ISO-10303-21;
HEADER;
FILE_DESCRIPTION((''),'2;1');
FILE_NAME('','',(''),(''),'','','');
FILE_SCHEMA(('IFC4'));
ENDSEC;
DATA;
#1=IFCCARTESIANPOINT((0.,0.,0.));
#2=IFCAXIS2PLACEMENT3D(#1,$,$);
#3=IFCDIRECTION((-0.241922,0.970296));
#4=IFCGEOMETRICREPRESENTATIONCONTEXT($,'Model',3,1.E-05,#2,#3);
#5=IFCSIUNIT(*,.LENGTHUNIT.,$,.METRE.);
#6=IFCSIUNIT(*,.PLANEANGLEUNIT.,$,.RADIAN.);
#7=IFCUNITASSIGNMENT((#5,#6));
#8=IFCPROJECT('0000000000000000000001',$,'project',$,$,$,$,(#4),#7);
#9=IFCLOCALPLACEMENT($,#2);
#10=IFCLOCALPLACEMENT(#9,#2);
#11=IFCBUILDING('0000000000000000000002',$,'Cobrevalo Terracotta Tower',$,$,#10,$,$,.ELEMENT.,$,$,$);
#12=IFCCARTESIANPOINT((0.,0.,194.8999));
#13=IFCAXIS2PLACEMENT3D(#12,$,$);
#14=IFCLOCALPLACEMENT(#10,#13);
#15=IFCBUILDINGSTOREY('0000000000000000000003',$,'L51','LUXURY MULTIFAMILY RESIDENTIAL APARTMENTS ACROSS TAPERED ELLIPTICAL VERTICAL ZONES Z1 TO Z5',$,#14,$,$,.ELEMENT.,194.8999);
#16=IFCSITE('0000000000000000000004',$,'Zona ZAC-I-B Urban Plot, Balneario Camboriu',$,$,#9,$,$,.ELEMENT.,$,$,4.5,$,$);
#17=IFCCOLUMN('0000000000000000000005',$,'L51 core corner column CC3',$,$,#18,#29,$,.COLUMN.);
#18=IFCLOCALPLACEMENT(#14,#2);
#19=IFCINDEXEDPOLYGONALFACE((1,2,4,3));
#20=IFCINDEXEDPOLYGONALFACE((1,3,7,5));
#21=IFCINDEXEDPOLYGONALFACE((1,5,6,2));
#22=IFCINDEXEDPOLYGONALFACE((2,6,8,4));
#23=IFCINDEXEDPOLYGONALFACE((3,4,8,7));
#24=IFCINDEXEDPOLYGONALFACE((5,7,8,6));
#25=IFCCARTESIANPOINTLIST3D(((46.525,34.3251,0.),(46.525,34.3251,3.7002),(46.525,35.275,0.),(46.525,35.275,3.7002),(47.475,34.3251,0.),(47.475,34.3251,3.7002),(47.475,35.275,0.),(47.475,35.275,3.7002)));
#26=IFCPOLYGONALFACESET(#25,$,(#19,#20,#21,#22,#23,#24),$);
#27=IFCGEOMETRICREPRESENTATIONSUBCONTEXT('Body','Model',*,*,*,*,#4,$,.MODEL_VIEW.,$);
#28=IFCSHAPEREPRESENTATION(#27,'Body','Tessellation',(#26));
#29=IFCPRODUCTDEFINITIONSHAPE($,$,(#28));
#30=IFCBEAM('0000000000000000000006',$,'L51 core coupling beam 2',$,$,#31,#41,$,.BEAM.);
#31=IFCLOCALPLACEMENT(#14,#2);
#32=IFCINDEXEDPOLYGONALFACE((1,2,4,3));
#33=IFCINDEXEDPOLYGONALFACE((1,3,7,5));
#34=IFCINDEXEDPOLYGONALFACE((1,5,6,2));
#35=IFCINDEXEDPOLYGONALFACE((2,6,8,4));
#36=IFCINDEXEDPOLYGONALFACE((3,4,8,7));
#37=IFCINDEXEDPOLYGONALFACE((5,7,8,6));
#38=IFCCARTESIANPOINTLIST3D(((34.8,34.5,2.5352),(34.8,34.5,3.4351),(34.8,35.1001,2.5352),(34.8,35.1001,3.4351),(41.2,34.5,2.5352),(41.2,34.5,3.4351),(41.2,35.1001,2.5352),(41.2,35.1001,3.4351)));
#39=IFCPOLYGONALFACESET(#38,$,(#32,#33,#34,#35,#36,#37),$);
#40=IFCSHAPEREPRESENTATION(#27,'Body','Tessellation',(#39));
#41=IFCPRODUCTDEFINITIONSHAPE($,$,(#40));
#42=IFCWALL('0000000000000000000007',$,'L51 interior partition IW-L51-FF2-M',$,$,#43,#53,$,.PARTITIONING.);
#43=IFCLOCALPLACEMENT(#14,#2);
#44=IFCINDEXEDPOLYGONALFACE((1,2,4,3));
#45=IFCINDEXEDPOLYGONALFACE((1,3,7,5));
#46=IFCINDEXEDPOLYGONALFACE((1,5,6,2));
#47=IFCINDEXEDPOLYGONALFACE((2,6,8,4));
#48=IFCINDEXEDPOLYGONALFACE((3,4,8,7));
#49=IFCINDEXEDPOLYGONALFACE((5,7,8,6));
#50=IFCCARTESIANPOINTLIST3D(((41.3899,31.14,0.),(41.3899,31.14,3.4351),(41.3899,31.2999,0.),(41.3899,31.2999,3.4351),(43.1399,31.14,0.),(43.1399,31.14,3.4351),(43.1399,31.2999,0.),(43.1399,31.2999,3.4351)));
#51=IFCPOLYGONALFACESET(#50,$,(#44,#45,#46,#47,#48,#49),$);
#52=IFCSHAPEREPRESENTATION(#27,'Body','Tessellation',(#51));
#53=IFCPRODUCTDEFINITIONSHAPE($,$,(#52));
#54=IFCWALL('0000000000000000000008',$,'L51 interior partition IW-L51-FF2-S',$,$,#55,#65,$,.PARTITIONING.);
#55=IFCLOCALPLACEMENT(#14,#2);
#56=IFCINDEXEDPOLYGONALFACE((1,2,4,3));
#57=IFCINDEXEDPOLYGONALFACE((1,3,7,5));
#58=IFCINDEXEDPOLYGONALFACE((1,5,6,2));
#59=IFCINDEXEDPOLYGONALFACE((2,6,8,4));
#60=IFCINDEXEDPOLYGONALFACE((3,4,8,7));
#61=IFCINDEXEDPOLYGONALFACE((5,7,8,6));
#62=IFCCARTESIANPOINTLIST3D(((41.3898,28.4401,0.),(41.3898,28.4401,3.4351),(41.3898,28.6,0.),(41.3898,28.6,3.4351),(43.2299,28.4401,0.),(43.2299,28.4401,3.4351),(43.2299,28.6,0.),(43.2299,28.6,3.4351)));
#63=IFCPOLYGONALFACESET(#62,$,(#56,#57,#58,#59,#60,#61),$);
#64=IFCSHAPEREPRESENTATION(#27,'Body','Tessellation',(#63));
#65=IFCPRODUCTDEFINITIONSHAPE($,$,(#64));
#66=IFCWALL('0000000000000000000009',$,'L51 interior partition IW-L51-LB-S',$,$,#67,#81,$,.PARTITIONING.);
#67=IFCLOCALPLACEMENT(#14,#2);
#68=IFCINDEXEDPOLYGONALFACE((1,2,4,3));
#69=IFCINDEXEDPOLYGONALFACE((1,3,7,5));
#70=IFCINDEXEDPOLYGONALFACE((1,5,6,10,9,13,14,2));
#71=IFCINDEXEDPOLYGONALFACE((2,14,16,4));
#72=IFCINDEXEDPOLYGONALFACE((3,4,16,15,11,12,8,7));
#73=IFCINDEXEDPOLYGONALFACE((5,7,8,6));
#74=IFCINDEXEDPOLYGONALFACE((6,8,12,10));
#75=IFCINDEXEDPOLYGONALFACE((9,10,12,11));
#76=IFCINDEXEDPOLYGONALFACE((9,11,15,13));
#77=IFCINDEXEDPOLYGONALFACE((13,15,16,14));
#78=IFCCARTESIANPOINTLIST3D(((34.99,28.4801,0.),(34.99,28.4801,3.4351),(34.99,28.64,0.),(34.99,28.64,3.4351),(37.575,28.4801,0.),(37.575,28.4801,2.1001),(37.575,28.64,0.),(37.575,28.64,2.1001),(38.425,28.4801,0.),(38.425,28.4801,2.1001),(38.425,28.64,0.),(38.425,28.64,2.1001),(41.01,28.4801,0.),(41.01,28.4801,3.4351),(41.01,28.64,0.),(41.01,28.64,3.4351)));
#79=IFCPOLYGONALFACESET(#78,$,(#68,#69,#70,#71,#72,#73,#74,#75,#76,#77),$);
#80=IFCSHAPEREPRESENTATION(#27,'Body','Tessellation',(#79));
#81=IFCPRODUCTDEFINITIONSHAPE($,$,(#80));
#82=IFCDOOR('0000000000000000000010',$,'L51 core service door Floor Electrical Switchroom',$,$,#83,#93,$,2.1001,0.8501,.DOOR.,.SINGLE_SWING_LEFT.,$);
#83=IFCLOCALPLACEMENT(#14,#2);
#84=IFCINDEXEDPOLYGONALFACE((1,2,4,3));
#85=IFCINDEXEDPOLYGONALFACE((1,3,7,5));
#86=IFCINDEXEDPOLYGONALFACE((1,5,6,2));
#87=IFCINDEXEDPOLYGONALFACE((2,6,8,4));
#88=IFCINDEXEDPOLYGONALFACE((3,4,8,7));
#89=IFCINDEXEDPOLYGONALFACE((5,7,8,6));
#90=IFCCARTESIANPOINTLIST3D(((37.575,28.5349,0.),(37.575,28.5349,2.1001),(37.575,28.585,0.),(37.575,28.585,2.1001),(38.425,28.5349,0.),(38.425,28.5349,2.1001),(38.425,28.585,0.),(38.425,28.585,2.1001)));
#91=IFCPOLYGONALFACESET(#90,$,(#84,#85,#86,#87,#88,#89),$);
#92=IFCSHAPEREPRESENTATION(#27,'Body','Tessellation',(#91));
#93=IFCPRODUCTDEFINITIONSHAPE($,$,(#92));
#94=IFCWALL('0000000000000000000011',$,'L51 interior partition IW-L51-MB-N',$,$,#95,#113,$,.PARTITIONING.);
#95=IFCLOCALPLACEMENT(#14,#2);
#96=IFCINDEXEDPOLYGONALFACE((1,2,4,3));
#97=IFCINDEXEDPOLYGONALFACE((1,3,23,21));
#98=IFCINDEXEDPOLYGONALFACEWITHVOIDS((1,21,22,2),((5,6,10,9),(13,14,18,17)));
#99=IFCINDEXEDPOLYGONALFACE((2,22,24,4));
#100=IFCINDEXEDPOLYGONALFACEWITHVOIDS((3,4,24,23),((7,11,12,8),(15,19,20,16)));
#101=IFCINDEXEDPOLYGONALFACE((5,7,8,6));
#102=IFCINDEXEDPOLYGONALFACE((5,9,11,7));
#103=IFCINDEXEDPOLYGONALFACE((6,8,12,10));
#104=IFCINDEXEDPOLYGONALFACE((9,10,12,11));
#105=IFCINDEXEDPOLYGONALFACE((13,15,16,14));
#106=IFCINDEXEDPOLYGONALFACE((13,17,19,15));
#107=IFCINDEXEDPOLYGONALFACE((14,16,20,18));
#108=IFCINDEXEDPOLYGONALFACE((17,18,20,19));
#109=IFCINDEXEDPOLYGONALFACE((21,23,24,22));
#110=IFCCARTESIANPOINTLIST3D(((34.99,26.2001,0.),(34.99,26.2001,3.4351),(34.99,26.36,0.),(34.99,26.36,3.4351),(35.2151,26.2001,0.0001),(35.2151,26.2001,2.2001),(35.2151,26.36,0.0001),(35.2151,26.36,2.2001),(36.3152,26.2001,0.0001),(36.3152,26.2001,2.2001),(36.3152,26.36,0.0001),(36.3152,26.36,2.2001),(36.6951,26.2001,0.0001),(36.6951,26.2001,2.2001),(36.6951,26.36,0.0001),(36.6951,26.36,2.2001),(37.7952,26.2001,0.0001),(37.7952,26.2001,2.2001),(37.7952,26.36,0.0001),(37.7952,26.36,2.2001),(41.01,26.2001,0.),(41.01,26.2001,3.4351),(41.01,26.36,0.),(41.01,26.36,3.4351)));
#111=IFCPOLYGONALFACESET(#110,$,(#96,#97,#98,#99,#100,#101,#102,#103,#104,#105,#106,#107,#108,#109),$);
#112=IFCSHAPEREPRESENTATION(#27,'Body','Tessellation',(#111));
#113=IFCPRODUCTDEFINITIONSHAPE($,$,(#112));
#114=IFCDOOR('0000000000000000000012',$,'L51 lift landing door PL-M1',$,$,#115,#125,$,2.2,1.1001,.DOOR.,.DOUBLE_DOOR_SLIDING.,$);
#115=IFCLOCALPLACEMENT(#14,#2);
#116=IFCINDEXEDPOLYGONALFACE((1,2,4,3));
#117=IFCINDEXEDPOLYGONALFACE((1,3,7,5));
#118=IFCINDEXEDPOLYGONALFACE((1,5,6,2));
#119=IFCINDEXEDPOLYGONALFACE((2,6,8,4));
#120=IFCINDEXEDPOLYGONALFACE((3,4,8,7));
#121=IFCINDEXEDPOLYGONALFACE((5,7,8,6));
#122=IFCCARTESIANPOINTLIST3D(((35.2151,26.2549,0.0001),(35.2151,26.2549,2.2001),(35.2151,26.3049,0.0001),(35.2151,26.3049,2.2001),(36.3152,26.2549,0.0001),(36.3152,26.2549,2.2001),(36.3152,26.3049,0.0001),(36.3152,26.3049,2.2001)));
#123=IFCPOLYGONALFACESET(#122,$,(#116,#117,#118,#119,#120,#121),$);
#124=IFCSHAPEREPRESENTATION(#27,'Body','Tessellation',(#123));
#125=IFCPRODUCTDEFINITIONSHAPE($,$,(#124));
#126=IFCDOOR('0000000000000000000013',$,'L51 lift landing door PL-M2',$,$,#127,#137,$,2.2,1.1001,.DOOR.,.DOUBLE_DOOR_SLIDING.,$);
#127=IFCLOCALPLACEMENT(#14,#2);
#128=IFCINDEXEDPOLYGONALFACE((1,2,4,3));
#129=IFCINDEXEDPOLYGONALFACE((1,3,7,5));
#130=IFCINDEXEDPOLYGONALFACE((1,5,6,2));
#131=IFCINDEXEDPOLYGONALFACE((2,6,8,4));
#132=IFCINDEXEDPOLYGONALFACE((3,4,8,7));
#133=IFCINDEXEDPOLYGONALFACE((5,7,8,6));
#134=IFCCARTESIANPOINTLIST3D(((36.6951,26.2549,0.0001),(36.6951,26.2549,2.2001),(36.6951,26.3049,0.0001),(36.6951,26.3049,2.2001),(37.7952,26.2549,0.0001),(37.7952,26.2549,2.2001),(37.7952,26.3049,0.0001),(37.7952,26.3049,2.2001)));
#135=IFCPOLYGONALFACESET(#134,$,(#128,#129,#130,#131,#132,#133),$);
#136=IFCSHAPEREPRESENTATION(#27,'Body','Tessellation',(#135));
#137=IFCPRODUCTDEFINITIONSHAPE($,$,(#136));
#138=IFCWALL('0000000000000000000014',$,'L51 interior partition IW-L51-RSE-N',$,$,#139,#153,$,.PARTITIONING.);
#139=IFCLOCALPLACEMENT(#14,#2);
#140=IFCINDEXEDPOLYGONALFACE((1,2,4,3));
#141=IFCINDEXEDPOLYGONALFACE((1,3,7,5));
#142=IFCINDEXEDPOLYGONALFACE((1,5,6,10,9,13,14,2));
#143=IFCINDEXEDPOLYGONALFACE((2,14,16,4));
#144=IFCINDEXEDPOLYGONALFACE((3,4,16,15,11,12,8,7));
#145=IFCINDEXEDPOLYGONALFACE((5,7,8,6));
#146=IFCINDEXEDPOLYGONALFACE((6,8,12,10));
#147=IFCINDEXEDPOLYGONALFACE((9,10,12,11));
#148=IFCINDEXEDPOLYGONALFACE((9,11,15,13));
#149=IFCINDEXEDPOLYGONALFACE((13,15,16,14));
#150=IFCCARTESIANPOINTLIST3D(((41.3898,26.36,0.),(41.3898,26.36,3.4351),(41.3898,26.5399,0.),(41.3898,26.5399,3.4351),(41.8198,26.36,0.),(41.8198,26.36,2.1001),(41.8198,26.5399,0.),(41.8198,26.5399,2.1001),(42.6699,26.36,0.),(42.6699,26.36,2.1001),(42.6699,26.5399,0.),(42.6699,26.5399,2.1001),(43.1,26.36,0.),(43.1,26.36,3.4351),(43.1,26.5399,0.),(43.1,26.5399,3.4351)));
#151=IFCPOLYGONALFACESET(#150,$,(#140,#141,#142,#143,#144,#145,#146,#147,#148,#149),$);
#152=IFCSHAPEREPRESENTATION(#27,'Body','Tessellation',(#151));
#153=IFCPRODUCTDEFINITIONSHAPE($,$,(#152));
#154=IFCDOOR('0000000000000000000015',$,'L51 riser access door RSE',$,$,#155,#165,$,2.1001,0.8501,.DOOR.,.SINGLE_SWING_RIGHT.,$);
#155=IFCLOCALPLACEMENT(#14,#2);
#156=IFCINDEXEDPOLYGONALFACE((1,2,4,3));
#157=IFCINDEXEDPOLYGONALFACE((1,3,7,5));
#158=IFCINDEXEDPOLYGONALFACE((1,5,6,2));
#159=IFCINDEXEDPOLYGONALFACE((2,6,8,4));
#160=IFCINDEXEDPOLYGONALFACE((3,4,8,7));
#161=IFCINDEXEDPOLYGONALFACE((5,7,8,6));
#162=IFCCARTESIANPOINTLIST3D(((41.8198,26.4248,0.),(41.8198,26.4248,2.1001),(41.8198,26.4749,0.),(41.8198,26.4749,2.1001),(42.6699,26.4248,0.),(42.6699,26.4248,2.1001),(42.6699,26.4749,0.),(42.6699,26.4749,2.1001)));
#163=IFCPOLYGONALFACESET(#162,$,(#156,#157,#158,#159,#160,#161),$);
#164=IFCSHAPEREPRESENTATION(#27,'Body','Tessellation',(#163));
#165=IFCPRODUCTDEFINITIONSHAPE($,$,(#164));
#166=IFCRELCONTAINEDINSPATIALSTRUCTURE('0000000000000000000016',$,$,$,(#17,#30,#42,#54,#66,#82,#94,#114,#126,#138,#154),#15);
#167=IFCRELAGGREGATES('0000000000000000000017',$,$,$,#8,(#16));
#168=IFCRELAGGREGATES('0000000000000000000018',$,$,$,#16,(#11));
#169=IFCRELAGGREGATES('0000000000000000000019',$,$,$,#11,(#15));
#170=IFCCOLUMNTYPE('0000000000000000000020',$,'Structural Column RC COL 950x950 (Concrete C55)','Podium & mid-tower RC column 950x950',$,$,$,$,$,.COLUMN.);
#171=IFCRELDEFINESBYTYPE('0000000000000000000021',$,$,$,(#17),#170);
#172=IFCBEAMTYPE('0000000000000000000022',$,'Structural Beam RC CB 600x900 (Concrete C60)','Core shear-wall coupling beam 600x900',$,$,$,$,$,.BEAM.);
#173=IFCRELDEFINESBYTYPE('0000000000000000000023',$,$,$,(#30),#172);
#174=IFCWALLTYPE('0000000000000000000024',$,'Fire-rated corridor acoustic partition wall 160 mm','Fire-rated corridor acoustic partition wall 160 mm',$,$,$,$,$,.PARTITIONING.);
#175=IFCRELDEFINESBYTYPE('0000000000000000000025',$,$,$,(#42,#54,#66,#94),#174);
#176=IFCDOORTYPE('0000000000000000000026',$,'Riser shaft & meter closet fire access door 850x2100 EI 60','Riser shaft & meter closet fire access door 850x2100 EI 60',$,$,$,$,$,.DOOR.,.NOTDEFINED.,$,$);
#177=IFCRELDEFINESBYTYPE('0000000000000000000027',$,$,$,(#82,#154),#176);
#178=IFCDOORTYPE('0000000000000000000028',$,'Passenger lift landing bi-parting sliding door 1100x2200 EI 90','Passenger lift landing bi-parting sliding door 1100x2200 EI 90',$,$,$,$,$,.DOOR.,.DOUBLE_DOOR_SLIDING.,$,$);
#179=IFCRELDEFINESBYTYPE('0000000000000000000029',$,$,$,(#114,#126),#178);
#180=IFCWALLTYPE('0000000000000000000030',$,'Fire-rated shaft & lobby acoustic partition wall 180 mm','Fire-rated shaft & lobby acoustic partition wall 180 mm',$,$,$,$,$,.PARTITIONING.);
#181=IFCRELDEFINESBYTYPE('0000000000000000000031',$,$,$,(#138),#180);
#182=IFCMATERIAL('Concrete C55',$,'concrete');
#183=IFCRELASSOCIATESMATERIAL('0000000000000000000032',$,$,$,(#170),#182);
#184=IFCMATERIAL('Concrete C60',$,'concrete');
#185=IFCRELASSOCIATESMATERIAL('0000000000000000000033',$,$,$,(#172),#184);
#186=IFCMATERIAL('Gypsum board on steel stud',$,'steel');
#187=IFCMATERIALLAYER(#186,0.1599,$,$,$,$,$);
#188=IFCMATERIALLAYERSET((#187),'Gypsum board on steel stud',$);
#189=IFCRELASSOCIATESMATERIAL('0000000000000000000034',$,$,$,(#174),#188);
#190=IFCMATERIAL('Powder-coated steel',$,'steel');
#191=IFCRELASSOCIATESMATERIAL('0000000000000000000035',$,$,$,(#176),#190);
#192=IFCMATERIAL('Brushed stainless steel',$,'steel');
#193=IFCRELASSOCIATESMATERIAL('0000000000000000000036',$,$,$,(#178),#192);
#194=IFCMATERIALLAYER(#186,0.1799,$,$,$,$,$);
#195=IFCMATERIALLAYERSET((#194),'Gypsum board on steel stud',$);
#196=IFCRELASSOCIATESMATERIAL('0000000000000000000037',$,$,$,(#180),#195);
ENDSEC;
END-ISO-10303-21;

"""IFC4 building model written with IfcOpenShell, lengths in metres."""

from ifc_helpers import new_model, si_unit, direction, frame, frame_2d, origin, origin_2d, place, context, subcontext, project, spatial, rectangle, extrude, source, transform, mapped, material, layer, layer_set, material_profile, profile_set, type_object, element, fill, save


model = new_model("IFC4")

# Units and contexts
model_context = context("Model", 3, precision=1e-05, world=origin(), true_north=direction((-0.241922, 0.970296)))
body_context = subcontext(model_context, "Body", "Model", "MODEL_VIEW")
ifc_project = project(units=[si_unit("LENGTHUNIT", "METRE"), si_unit("PLANEANGLEUNIT", "RADIAN")], contexts=[model_context])

# Site, building, storey
site_placement = place(None, origin())
site = spatial("IfcSite", under=ifc_project, at=site_placement, Name="Zona ZAC-I-B Urban Plot, Balneario Camboriu", CompositionType="ELEMENT", RefElevation=4.5)
building_placement = place(site_placement, origin())
building = spatial("IfcBuilding", under=site, at=building_placement, Name="Cobrevalo Terracotta Tower", CompositionType="ELEMENT")
storey_placement = place(building_placement, frame((0.0, 0.0, 194.8999)))
storey = spatial("IfcBuildingStorey", under=building, at=storey_placement, Name="L51", Description="LUXURY MULTIFAMILY RESIDENTIAL APARTMENTS ACROSS TAPERED ELLIPTICAL VERTICAL ZONES Z1 TO Z5", CompositionType="ELEMENT", Elevation=194.8999)

# Column
ifc_material_1 = material(Name="Concrete C55", Category="concrete")
ifc_material_profile_1 = material_profile(ifc_material_1, rectangle(XDim=0.95, YDim=0.95, at=origin_2d()), Name="RC COL 950x950")
ifc_profile_set_1 = profile_set([ifc_material_profile_1], Name="Concrete C55")
column_type = type_object("IfcColumnType", Name="Structural Column RC COL 950x950 (Concrete C55)", Description="Podium & mid-tower RC column 950x950", PredefinedType="COLUMN", material=ifc_profile_set_1)
column_placement = place(storey_placement, frame((47.0, 34.8, 0.0), z_axis=(0.0, 0.0, 1.0), x_axis=(1.0, 0.0, 0.0)))
element("IfcColumn", 1, at=column_placement, inside=storey, type_object=column_type, Name="L51 core corner column CC3", PredefinedType="COLUMN", context=body_context, shape_type="SweptSolid", body=[
    extrude(rectangle(XDim=0.95, YDim=0.95, at=origin_2d()), origin(), (0.0, 0.0, 1.0), 3.7002),
])

# Beam
ifc_material_2 = material(Name="Concrete C60", Category="concrete")
ifc_material_profile_2 = material_profile(ifc_material_2, rectangle(XDim=0.6001, YDim=0.8999, at=origin_2d()), Name="RC CB 600x900")
ifc_profile_set_2 = profile_set([ifc_material_profile_2], Name="Concrete C60")
beam_type = type_object("IfcBeamType", Name="Structural Beam RC CB 600x900 (Concrete C60)", Description="Core shear-wall coupling beam 600x900", PredefinedType="BEAM", material=ifc_profile_set_2)
beam_placement = place(storey_placement, frame((34.8, 34.8, 2.9851), z_axis=(1.0, 0.0, 0.0), x_axis=(0.0, 1.0, 0.0)))
element("IfcBeam", 2, at=beam_placement, inside=storey, type_object=beam_type, Name="L51 core coupling beam 2", PredefinedType="BEAM", context=body_context, shape_type="SweptSolid", body=[
    extrude(rectangle(XDim=0.6001, YDim=0.8999, at=origin_2d()), origin(), (0.0, 0.0, 1.0), 6.3999),
])

# Walls
ifc_material_3 = material(Name="Gypsum board on steel stud", Category="steel")
ifc_layer_1 = layer(ifc_material_3, 0.1599)
ifc_layer_set_1 = layer_set([ifc_layer_1], Name="Gypsum board on steel stud")
wall_type_1 = type_object("IfcWallType", Name="Fire-rated corridor acoustic partition wall 160 mm", Description="Fire-rated corridor acoustic partition wall 160 mm", PredefinedType="PARTITIONING", material=ifc_layer_set_1)
wall_1_placement = place(storey_placement, frame((41.3899, 31.22, 0.0), z_axis=(0.0, 0.0, 1.0), x_axis=(1.0, 0.0, 0.0)))
element("IfcWall", 3, at=wall_1_placement, inside=storey, type_object=wall_type_1, Name="L51 interior partition IW-L51-FF2-M", PredefinedType="PARTITIONING", context=body_context, shape_type="SweptSolid", body=[
    extrude(rectangle(XDim=1.75, YDim=0.1599, at=frame_2d((0.875, 0.0))), origin(), (0.0, 0.0, 1.0), 3.4351),
])
wall_2_placement = place(storey_placement, frame((41.3899, 28.52, 0.0), z_axis=(0.0, 0.0, 1.0), x_axis=(1.0, 0.0, 0.0)))
element("IfcWall", 4, at=wall_2_placement, inside=storey, type_object=wall_type_1, Name="L51 interior partition IW-L51-FF2-S", PredefinedType="PARTITIONING", context=body_context, shape_type="SweptSolid", body=[
    extrude(rectangle(XDim=1.8401, YDim=0.1599, at=frame_2d((0.9199, 0.0))), origin(), (0.0, 0.0, 1.0), 3.4351),
])

# Wall, opening, door
wall_3_placement = place(storey_placement, frame((34.99, 28.5601, 0.0), z_axis=(0.0, 0.0, 1.0), x_axis=(1.0, 0.0, 0.0)))
wall_3 = element("IfcWall", 5, at=wall_3_placement, inside=storey, type_object=wall_type_1, Name="L51 interior partition IW-L51-LB-S", PredefinedType="PARTITIONING", context=body_context, shape_type="SweptSolid", body=[
    extrude(rectangle(XDim=6.02, YDim=0.1599, at=frame_2d((3.01, 0.0))), origin(), (0.0, 0.0, 1.0), 3.4351),
])
opening_1_placement = place(wall_3_placement, frame((2.585, 0.0, 0.0)))
opening_1 = element("IfcOpeningElement", 6, at=opening_1_placement, cuts=wall_3, PredefinedType="OPENING", context=body_context, shape_type="SweptSolid", body=[
    extrude(rectangle(XDim=0.8501, YDim=2.1001, at=frame_2d((0.425, 1.05))), frame((0.0, 0.0898, 0.0), z_axis=(0.0, -1.0, 0.0), x_axis=(1.0, 0.0, 0.0)), (0.0, 0.0, 1.0), 0.1799),
])
ifc_material_4 = material(Name="Powder-coated steel", Category="steel")
door_type_1 = type_object("IfcDoorType", Name="Riser shaft & meter closet fire access door 850x2100 EI 60", Description="Riser shaft & meter closet fire access door 850x2100 EI 60", OperationType="NOTDEFINED", PredefinedType="DOOR", material=ifc_material_4)
shared_shape_1 = source(origin(), body_context, "Body", "SweptSolid", [
    extrude(rectangle(XDim=0.8501, YDim=2.1001, at=frame_2d((0.425, 1.05))), frame((0.0, 0.0249, 0.0), z_axis=(0.0, -1.0, 0.0), x_axis=(1.0, 0.0, 0.0)), (0.0, 0.0, 1.0), 0.05),
])
door_1_placement = place(opening_1_placement, origin())
door_1 = element("IfcDoor", 7, at=door_1_placement, inside=storey, type_object=door_type_1, Name="L51 core service door Floor Electrical Switchroom", OperationType="SINGLE_SWING_LEFT", OverallHeight=2.1001, OverallWidth=0.8501, PredefinedType="DOOR", context=body_context, shape_type="MappedRepresentation", body=[
    mapped(shared_shape_1, transform((0.0, 0.0, 0.0), scale=1.0)),
])
fill(opening_1, door_1)

# Wall, openings, doors
wall_4_placement = place(storey_placement, frame((34.99, 26.28, 0.0), z_axis=(0.0, 0.0, 1.0), x_axis=(1.0, 0.0, 0.0)))
wall_4 = element("IfcWall", 8, at=wall_4_placement, inside=storey, type_object=wall_type_1, Name="L51 interior partition IW-L51-MB-N", PredefinedType="PARTITIONING", context=body_context, shape_type="SweptSolid", body=[
    extrude(rectangle(XDim=6.02, YDim=0.1599, at=frame_2d((3.01, 0.0))), origin(), (0.0, 0.0, 1.0), 3.4351),
])
opening_2_placement = place(wall_4_placement, frame((0.2251, 0.0, 0.0)))
opening_2 = element("IfcOpeningElement", 9, at=opening_2_placement, cuts=wall_4, PredefinedType="OPENING", context=body_context, shape_type="SweptSolid", body=[
    extrude(rectangle(XDim=1.1001, YDim=2.2, at=frame_2d((0.55, 1.1001))), frame((0.0, 0.0898, 0.0), z_axis=(0.0, -1.0, 0.0), x_axis=(1.0, 0.0, 0.0)), (0.0, 0.0, 1.0), 0.1799),
])
opening_3_placement = place(wall_4_placement, frame((1.7051, 0.0, 0.0)))
opening_3 = element("IfcOpeningElement", 10, at=opening_3_placement, cuts=wall_4, PredefinedType="OPENING", context=body_context, shape_type="SweptSolid", body=[
    extrude(rectangle(XDim=1.1001, YDim=2.2, at=frame_2d((0.55, 1.1001))), frame((0.0, 0.0898, 0.0), z_axis=(0.0, -1.0, 0.0), x_axis=(1.0, 0.0, 0.0)), (0.0, 0.0, 1.0), 0.1799),
])
ifc_material_5 = material(Name="Brushed stainless steel", Category="steel")
door_type_2 = type_object("IfcDoorType", Name="Passenger lift landing bi-parting sliding door 1100x2200 EI 90", Description="Passenger lift landing bi-parting sliding door 1100x2200 EI 90", OperationType="DOUBLE_DOOR_SLIDING", PredefinedType="DOOR", material=ifc_material_5)
shared_shape_2 = source(origin(), body_context, "Body", "SweptSolid", [
    extrude(rectangle(XDim=1.1001, YDim=2.2, at=frame_2d((0.55, 1.1001))), frame((0.0, 0.0249, 0.0), z_axis=(0.0, -1.0, 0.0), x_axis=(1.0, 0.0, 0.0)), (0.0, 0.0, 1.0), 0.05),
])
door_2_placement = place(opening_2_placement, origin())
door_2 = element("IfcDoor", 11, at=door_2_placement, inside=storey, type_object=door_type_2, Name="L51 lift landing door PL-M1", OperationType="DOUBLE_DOOR_SLIDING", OverallHeight=2.2, OverallWidth=1.1001, PredefinedType="DOOR", context=body_context, shape_type="MappedRepresentation", body=[
    mapped(shared_shape_2, transform((0.0, 0.0, 0.0), scale=1.0)),
])
fill(opening_2, door_2)
door_3_placement = place(opening_3_placement, origin())
door_3 = element("IfcDoor", 12, at=door_3_placement, inside=storey, type_object=door_type_2, Name="L51 lift landing door PL-M2", OperationType="DOUBLE_DOOR_SLIDING", OverallHeight=2.2, OverallWidth=1.1001, PredefinedType="DOOR", context=body_context, shape_type="MappedRepresentation", body=[
    mapped(shared_shape_2, transform((0.0, 0.0, 0.0), scale=1.0)),
])
fill(opening_3, door_3)

# Wall, opening, door
ifc_layer_2 = layer(ifc_material_3, 0.1799)
ifc_layer_set_2 = layer_set([ifc_layer_2], Name="Gypsum board on steel stud")
wall_type_2 = type_object("IfcWallType", Name="Fire-rated shaft & lobby acoustic partition wall 180 mm", Description="Fire-rated shaft & lobby acoustic partition wall 180 mm", PredefinedType="PARTITIONING", material=ifc_layer_set_2)
wall_5_placement = place(storey_placement, frame((41.3899, 26.45, 0.0), z_axis=(0.0, 0.0, 1.0), x_axis=(1.0, 0.0, 0.0)))
wall_5 = element("IfcWall", 13, at=wall_5_placement, inside=storey, type_object=wall_type_2, Name="L51 interior partition IW-L51-RSE-N", PredefinedType="PARTITIONING", context=body_context, shape_type="SweptSolid", body=[
    extrude(rectangle(XDim=1.7102, YDim=0.1799, at=frame_2d((0.855, 0.0))), origin(), (0.0, 0.0, 1.0), 3.4351),
])
opening_4_placement = place(wall_5_placement, frame((0.4299, 0.0, 0.0)))
opening_4 = element("IfcOpeningElement", 14, at=opening_4_placement, cuts=wall_5, PredefinedType="OPENING", context=body_context, shape_type="SweptSolid", body=[
    extrude(rectangle(XDim=0.8501, YDim=2.1001, at=frame_2d((0.425, 1.05))), frame((0.0, 0.1001, 0.0), z_axis=(0.0, -1.0, 0.0), x_axis=(1.0, 0.0, 0.0)), (0.0, 0.0, 1.0), 0.2),
])
door_4_placement = place(opening_4_placement, origin())
door_4 = element("IfcDoor", 15, at=door_4_placement, inside=storey, type_object=door_type_1, Name="L51 riser access door RSE", OperationType="SINGLE_SWING_RIGHT", OverallHeight=2.1001, OverallWidth=0.8501, PredefinedType="DOOR", context=body_context, shape_type="MappedRepresentation", body=[
    mapped(shared_shape_1, transform((0.0, 0.0, 0.0), scale=1.0)),
])
fill(opening_4, door_4)

save(model, "model.ifc")
